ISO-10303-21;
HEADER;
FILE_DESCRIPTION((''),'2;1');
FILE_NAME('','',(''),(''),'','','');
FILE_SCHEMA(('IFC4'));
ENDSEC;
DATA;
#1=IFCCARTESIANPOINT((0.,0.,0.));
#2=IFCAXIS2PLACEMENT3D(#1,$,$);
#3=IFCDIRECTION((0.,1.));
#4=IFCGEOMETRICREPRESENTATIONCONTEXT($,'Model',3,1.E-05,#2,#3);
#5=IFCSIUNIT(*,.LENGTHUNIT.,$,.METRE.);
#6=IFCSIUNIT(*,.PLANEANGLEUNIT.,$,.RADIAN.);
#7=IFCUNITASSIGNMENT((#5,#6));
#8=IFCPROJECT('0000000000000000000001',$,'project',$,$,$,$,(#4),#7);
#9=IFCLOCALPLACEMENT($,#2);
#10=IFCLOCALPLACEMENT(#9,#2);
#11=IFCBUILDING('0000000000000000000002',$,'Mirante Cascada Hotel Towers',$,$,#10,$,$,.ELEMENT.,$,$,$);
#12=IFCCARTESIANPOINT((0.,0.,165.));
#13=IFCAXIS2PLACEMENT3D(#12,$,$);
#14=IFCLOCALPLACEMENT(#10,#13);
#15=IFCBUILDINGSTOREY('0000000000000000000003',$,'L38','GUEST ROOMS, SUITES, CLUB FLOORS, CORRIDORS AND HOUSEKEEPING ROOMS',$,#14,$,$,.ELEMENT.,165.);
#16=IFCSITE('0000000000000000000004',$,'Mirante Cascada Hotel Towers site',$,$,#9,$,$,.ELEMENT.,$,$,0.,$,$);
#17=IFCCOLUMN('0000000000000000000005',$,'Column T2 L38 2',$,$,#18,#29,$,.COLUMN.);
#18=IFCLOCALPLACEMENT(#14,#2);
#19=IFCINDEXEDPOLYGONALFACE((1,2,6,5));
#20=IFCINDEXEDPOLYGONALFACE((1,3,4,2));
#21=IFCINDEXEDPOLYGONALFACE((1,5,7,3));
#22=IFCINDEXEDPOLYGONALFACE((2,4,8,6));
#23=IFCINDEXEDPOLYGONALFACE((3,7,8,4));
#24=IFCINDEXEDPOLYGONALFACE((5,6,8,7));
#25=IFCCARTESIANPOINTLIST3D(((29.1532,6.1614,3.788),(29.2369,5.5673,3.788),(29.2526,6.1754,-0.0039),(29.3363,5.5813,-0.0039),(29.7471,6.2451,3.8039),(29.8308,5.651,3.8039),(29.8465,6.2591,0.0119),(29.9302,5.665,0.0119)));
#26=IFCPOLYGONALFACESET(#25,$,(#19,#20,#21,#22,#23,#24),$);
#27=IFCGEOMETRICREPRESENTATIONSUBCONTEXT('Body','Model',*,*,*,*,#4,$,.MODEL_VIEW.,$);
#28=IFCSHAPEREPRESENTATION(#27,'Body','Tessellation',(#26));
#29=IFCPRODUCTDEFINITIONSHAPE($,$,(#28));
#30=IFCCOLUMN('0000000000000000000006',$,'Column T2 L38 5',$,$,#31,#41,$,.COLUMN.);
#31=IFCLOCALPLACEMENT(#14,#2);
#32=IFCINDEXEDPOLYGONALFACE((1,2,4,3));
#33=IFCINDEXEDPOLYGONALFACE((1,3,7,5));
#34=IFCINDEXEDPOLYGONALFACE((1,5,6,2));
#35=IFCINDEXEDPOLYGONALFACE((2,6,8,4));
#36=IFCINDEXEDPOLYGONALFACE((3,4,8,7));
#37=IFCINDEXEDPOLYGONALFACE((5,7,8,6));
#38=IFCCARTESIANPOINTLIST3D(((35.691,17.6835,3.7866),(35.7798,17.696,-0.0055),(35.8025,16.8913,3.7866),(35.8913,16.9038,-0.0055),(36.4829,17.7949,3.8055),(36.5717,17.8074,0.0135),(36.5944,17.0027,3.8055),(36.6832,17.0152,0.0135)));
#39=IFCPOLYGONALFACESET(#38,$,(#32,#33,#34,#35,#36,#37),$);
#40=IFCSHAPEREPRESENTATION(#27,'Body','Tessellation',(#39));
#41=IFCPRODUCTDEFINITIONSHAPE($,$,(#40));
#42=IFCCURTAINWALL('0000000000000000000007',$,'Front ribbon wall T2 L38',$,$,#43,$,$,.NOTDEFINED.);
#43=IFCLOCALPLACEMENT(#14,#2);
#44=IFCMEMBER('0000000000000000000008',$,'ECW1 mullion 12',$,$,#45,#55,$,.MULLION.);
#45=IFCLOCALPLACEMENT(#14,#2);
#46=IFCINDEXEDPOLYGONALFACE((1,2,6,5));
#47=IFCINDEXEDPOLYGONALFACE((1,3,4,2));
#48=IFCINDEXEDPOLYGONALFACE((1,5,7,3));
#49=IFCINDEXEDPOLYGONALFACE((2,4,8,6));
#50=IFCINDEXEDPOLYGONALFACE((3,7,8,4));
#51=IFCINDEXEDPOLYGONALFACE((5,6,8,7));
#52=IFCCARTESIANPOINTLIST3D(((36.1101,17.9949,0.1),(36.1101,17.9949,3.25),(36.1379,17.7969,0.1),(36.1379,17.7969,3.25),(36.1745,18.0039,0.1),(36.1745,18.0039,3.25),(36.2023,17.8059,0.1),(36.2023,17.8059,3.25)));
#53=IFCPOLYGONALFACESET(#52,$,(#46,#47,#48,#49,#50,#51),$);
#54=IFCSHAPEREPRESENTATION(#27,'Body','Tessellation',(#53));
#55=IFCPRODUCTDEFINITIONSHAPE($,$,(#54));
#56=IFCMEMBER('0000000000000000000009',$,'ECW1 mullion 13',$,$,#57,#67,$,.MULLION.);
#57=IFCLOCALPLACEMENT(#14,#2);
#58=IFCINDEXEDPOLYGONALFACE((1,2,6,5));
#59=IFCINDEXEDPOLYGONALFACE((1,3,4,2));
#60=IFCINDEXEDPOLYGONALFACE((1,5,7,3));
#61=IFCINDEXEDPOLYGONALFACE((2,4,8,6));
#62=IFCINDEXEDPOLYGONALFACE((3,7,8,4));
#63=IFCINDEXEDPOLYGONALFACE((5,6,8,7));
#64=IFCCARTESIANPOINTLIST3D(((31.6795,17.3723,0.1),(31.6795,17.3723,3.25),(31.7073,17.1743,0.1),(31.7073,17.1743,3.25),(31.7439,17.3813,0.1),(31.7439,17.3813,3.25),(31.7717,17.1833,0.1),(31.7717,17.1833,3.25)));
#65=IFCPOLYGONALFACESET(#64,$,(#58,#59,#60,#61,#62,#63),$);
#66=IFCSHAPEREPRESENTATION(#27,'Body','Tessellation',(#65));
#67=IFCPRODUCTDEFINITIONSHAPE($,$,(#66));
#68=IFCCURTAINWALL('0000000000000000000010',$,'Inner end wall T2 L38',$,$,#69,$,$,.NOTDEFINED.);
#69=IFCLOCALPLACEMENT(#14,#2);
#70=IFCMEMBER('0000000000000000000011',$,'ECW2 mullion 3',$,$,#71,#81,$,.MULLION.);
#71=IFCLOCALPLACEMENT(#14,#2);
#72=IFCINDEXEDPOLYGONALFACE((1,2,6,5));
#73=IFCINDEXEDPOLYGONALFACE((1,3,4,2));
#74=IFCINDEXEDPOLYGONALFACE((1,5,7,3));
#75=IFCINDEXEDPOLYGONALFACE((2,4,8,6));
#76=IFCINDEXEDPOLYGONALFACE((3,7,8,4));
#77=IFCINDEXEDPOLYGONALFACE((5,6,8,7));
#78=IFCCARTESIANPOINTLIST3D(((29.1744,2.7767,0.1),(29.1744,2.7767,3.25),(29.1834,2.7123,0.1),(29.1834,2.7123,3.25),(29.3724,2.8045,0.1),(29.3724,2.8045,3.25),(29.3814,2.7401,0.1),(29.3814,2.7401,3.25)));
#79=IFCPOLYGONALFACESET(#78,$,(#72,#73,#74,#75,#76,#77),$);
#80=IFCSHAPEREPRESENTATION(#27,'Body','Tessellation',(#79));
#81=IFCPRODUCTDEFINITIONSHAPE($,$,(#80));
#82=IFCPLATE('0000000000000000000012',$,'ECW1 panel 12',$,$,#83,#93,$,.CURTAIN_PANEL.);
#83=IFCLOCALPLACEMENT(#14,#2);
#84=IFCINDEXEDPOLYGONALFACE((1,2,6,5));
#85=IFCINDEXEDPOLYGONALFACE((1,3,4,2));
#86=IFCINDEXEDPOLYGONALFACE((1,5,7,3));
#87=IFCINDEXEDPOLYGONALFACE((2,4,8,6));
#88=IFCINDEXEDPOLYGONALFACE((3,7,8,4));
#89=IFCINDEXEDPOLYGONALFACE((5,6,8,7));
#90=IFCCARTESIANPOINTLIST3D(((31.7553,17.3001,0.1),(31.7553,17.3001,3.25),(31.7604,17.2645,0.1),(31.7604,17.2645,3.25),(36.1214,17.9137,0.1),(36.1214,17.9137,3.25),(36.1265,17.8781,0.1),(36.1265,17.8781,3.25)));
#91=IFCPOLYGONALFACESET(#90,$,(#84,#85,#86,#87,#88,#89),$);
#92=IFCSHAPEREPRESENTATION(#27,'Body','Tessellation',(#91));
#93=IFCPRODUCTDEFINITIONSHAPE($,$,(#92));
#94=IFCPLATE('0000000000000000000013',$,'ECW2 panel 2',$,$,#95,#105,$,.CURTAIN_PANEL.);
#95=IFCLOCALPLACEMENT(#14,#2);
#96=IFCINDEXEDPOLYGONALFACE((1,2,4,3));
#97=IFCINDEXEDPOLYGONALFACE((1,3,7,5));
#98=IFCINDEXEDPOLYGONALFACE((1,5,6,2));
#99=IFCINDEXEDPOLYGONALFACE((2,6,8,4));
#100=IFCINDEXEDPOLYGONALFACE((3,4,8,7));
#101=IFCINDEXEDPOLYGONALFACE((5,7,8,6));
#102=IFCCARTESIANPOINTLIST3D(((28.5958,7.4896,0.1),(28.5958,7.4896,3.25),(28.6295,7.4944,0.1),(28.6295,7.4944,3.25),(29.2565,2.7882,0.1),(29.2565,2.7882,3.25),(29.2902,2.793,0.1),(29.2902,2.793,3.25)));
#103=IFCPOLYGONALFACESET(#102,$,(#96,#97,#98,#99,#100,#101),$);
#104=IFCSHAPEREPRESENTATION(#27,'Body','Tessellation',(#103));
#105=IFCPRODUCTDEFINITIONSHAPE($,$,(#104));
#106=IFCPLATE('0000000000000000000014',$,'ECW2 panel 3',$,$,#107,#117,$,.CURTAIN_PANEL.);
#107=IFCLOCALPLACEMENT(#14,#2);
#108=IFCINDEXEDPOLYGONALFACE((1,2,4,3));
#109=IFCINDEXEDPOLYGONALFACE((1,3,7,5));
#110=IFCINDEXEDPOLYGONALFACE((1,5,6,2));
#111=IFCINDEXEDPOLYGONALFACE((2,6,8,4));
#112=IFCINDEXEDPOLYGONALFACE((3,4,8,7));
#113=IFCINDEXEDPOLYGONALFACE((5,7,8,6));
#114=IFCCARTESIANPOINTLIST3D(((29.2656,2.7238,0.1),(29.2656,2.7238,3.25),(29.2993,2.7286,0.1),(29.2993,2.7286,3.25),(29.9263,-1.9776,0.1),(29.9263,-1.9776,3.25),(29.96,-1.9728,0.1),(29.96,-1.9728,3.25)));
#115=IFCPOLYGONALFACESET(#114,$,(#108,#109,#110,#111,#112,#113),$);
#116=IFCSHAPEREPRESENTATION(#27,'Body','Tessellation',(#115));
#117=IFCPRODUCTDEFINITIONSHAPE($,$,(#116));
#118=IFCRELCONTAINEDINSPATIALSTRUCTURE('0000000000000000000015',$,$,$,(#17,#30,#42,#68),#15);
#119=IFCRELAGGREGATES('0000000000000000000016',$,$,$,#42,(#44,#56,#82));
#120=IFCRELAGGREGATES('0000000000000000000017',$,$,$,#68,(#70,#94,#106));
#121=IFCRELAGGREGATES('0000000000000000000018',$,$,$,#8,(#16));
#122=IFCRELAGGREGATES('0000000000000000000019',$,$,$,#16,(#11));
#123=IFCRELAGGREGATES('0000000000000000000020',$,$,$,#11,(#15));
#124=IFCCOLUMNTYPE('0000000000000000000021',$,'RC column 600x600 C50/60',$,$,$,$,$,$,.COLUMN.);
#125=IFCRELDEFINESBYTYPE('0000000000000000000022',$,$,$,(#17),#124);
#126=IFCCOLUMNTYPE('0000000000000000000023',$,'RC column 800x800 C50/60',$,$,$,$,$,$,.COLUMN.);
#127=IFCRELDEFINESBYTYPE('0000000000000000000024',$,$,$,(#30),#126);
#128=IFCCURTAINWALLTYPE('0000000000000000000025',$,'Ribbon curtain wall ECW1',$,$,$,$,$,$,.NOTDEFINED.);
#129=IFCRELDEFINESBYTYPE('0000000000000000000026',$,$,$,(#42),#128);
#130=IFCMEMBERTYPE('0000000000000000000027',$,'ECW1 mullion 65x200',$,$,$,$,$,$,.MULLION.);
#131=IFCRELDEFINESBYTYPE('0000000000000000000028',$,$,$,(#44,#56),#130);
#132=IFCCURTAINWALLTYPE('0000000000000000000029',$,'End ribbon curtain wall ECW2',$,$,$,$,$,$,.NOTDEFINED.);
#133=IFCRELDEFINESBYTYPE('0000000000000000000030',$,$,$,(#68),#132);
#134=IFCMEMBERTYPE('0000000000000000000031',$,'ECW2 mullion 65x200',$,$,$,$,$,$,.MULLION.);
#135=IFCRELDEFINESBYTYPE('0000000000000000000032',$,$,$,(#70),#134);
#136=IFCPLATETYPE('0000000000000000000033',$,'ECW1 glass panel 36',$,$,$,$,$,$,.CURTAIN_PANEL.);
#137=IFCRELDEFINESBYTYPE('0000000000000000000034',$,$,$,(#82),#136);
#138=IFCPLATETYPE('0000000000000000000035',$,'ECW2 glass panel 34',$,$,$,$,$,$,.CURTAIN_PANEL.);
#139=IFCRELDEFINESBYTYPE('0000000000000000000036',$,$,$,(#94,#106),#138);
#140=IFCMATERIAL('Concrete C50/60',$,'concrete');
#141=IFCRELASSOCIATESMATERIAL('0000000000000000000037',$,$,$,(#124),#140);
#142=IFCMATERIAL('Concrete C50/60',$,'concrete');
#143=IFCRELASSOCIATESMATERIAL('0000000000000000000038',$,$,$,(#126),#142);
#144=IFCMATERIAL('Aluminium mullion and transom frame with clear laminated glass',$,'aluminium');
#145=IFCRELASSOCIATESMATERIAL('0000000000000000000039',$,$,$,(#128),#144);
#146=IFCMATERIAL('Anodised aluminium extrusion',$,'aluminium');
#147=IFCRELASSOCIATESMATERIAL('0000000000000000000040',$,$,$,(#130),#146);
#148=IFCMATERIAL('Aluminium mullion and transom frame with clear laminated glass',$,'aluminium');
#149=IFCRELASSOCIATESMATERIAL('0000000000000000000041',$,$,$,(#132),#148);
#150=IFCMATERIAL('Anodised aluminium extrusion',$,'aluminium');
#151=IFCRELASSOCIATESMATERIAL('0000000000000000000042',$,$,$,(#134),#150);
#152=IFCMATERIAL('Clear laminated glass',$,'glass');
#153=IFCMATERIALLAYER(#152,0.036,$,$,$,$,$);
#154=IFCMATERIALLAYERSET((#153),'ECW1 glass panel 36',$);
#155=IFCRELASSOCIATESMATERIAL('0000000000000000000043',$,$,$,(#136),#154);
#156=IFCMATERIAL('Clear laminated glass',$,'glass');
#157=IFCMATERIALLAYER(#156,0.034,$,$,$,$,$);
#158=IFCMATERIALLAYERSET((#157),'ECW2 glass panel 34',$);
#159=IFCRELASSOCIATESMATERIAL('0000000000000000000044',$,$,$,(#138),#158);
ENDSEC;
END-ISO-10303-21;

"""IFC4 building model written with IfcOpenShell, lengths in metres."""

from ifc_helpers import new_model, si_unit, direction, frame, origin, origin_2d, place, context, subcontext, project, spatial, rectangle, extrude, material, layer, layer_set, material_profile, profile_set, type_object, element, aggregate, save


model = new_model("IFC4")

# Units and contexts
model_context = context("Model", 3, precision=1e-05, world=origin(), true_north=direction((0.0, 1.0)))
body_context = subcontext(model_context, "Body", "Model", "MODEL_VIEW")
ifc_project = project(units=[si_unit("LENGTHUNIT", "METRE"), si_unit("PLANEANGLEUNIT", "RADIAN")], contexts=[model_context])

# Site, building, storey
site_placement = place(None, origin())
site = spatial("IfcSite", under=ifc_project, at=site_placement, Name="Mirante Cascada Hotel Towers site", CompositionType="ELEMENT", RefElevation=0.0)
building_placement = place(site_placement, origin())
building = spatial("IfcBuilding", under=site, at=building_placement, Name="Mirante Cascada Hotel Towers", CompositionType="ELEMENT")
storey_placement = place(building_placement, frame((0.0, 0.0, 165.0)))
storey = spatial("IfcBuildingStorey", under=building, at=storey_placement, Name="L38", Description="GUEST ROOMS, SUITES, CLUB FLOORS, CORRIDORS AND HOUSEKEEPING ROOMS", CompositionType="ELEMENT", Elevation=165.0)

# Columns
ifc_material_1 = material(Name="Concrete C50/60", Category="concrete")
ifc_material_profile_1 = material_profile(ifc_material_1, rectangle(XDim=0.6, YDim=0.6, at=origin_2d()), Name="RC column 600x600 C50/60")
ifc_profile_set_1 = profile_set([ifc_material_profile_1], Name="Concrete C50/60")
column_type_1 = type_object("IfcColumnType", Name="RC column 600x600 C50/60", PredefinedType="COLUMN", material=ifc_profile_set_1)
column_1_placement = place(storey_placement, frame((29.5914, 5.9202, 0.004), z_axis=(-0.026204, -0.003691, 0.99965), x_axis=(0.139468, -0.990227, 0.0)))
element("IfcColumn", 1, at=column_1_placement, inside=storey, type_object=column_type_1, Name="Column T2 L38 2", PredefinedType="COLUMN", context=body_context, shape_type="SweptSolid", body=[
    extrude(rectangle(XDim=0.6, YDim=0.6, at=origin_2d()), origin(), (0.0, 0.0, 1.0), 3.7933),
])
ifc_material_2 = material(Name="Concrete C50/60", Category="concrete")
ifc_material_profile_2 = material_profile(ifc_material_2, rectangle(XDim=0.8, YDim=0.8, at=origin_2d()), Name="RC column 800x800 C50/60")
ifc_profile_set_2 = profile_set([ifc_material_profile_2], Name="Concrete C50/60")
column_type_2 = type_object("IfcColumnType", Name="RC column 800x800 C50/60", PredefinedType="COLUMN", material=ifc_profile_set_2)
column_2_placement = place(storey_placement, frame((36.2315, 17.3556, 0.004), z_axis=(-0.023411, -0.003295, 0.999721), x_axis=(0.139392, -0.990237, 0.0)))
element("IfcColumn", 2, at=column_2_placement, inside=storey, type_object=column_type_2, Name="Column T2 L38 5", PredefinedType="COLUMN", context=body_context, shape_type="SweptSolid", body=[
    extrude(rectangle(XDim=0.8, YDim=0.8, at=origin_2d()), origin(), (0.0, 0.0, 1.0), 3.7931),
])

# Curtain wall, members
ifc_material_3 = material(Name="Aluminium mullion and transom frame with clear laminated glass", Category="aluminium")
curtain_wall_type_1 = type_object("IfcCurtainWallType", Name="Ribbon curtain wall ECW1", PredefinedType="NOTDEFINED", material=ifc_material_3)
curtain_wall_1_placement = place(storey_placement, origin())
curtain_wall_1 = element("IfcCurtainWall", 3, at=curtain_wall_1_placement, inside=storey, type_object=curtain_wall_type_1, Name="Front ribbon wall T2 L38", PredefinedType="NOTDEFINED")
ifc_material_4 = material(Name="Anodised aluminium extrusion", Category="aluminium")
ifc_material_profile_3 = material_profile(ifc_material_4, rectangle(XDim=0.2, YDim=0.065, at=origin_2d()), Name="ECW1 MULLION 65x200")
ifc_profile_set_3 = profile_set([ifc_material_profile_3], Name="Anodised aluminium extrusion")
member_type_1 = type_object("IfcMemberType", Name="ECW1 mullion 65x200", PredefinedType="MULLION", material=ifc_profile_set_3)
member_1_placement = place(storey_placement, frame((36.1562, 17.9004, 0.1), z_axis=(0.0, 0.0, 1.0), x_axis=(0.139173, -0.990268, 0.0)))
member_1 = element("IfcMember", 4, at=member_1_placement, type_object=member_type_1, Name="ECW1 mullion 12", PredefinedType="MULLION", context=body_context, shape_type="SweptSolid", body=[
    extrude(rectangle(XDim=0.2, YDim=0.065, at=origin_2d()), origin(), (0.0, 0.0, 1.0), 3.15),
])
member_2_placement = place(storey_placement, frame((31.7256, 17.2778, 0.1), z_axis=(0.0, 0.0, 1.0), x_axis=(0.139173, -0.990268, 0.0)))
member_2 = element("IfcMember", 5, at=member_2_placement, type_object=member_type_1, Name="ECW1 mullion 13", PredefinedType="MULLION", context=body_context, shape_type="SweptSolid", body=[
    extrude(rectangle(XDim=0.2, YDim=0.065, at=origin_2d()), origin(), (0.0, 0.0, 1.0), 3.15),
])

# Curtain wall, member
ifc_material_5 = material(Name="Aluminium mullion and transom frame with clear laminated glass", Category="aluminium")
curtain_wall_type_2 = type_object("IfcCurtainWallType", Name="End ribbon curtain wall ECW2", PredefinedType="NOTDEFINED", material=ifc_material_5)
curtain_wall_2_placement = place(storey_placement, origin())
curtain_wall_2 = element("IfcCurtainWall", 6, at=curtain_wall_2_placement, inside=storey, type_object=curtain_wall_type_2, Name="Inner end wall T2 L38", PredefinedType="NOTDEFINED")
ifc_material_6 = material(Name="Anodised aluminium extrusion", Category="aluminium")
ifc_material_profile_4 = material_profile(ifc_material_6, rectangle(XDim=0.2, YDim=0.065, at=origin_2d()), Name="ECW2 MULLION 65x200")
ifc_profile_set_4 = profile_set([ifc_material_profile_4], Name="Anodised aluminium extrusion")
member_type_2 = type_object("IfcMemberType", Name="ECW2 mullion 65x200", PredefinedType="MULLION", material=ifc_profile_set_4)
member_3_placement = place(storey_placement, frame((29.2779, 2.7584, 0.1), z_axis=(0.0, 0.0, 1.0), x_axis=(0.990268, 0.139173, 0.0)))
member_3 = element("IfcMember", 7, at=member_3_placement, type_object=member_type_2, Name="ECW2 mullion 3", PredefinedType="MULLION", context=body_context, shape_type="SweptSolid", body=[
    extrude(rectangle(XDim=0.2, YDim=0.065, at=origin_2d()), origin(), (0.0, 0.0, 1.0), 3.15),
])

# Plates
ifc_material_7 = material(Name="Clear laminated glass", Category="glass")
ifc_layer_1 = layer(ifc_material_7, 0.036)
ifc_layer_set_1 = layer_set([ifc_layer_1], Name="ECW1 glass panel 36")
plate_type_1 = type_object("IfcPlateType", Name="ECW1 glass panel 36", PredefinedType="CURTAIN_PANEL", material=ifc_layer_set_1)
plate_1_placement = place(storey_placement, frame((33.9409, 17.5891, 0.1), z_axis=(0.0, 0.0, 1.0), x_axis=(-0.990268, -0.139173, 0.0)))
plate_1 = element("IfcPlate", 8, at=plate_1_placement, type_object=plate_type_1, Name="ECW1 panel 12", PredefinedType="CURTAIN_PANEL", context=body_context, shape_type="SweptSolid", body=[
    extrude(rectangle(XDim=4.409, YDim=0.036, at=origin_2d()), origin(), (0.0, 0.0, 1.0), 3.15),
])
aggregate(curtain_wall_1, [member_1, member_2, plate_1])
ifc_material_8 = material(Name="Clear laminated glass", Category="glass")
ifc_layer_2 = layer(ifc_material_8, 0.034)
ifc_layer_set_2 = layer_set([ifc_layer_2], Name="ECW2 glass panel 34")
plate_type_2 = type_object("IfcPlateType", Name="ECW2 glass panel 34", PredefinedType="CURTAIN_PANEL", material=ifc_layer_set_2)
plate_2_placement = place(storey_placement, frame((28.943, 5.1413, 0.1), z_axis=(0.0, 0.0, 1.0), x_axis=(0.139173, -0.990268, 0.0)))
plate_2 = element("IfcPlate", 9, at=plate_2_placement, type_object=plate_type_2, Name="ECW2 panel 2", PredefinedType="CURTAIN_PANEL", context=body_context, shape_type="SweptSolid", body=[
    extrude(rectangle(XDim=4.7476, YDim=0.034, at=origin_2d()), origin(), (0.0, 0.0, 1.0), 3.15),
])
plate_3_placement = place(storey_placement, frame((29.6128, 0.3755, 0.1), z_axis=(0.0, 0.0, 1.0), x_axis=(0.139173, -0.990268, 0.0)))
plate_3 = element("IfcPlate", 10, at=plate_3_placement, type_object=plate_type_2, Name="ECW2 panel 3", PredefinedType="CURTAIN_PANEL", context=body_context, shape_type="SweptSolid", body=[
    extrude(rectangle(XDim=4.7476, YDim=0.034, at=origin_2d()), origin(), (0.0, 0.0, 1.0), 3.15),
])
aggregate(curtain_wall_2, [member_3, plate_2, plate_3])

save(model, "model.ifc")
